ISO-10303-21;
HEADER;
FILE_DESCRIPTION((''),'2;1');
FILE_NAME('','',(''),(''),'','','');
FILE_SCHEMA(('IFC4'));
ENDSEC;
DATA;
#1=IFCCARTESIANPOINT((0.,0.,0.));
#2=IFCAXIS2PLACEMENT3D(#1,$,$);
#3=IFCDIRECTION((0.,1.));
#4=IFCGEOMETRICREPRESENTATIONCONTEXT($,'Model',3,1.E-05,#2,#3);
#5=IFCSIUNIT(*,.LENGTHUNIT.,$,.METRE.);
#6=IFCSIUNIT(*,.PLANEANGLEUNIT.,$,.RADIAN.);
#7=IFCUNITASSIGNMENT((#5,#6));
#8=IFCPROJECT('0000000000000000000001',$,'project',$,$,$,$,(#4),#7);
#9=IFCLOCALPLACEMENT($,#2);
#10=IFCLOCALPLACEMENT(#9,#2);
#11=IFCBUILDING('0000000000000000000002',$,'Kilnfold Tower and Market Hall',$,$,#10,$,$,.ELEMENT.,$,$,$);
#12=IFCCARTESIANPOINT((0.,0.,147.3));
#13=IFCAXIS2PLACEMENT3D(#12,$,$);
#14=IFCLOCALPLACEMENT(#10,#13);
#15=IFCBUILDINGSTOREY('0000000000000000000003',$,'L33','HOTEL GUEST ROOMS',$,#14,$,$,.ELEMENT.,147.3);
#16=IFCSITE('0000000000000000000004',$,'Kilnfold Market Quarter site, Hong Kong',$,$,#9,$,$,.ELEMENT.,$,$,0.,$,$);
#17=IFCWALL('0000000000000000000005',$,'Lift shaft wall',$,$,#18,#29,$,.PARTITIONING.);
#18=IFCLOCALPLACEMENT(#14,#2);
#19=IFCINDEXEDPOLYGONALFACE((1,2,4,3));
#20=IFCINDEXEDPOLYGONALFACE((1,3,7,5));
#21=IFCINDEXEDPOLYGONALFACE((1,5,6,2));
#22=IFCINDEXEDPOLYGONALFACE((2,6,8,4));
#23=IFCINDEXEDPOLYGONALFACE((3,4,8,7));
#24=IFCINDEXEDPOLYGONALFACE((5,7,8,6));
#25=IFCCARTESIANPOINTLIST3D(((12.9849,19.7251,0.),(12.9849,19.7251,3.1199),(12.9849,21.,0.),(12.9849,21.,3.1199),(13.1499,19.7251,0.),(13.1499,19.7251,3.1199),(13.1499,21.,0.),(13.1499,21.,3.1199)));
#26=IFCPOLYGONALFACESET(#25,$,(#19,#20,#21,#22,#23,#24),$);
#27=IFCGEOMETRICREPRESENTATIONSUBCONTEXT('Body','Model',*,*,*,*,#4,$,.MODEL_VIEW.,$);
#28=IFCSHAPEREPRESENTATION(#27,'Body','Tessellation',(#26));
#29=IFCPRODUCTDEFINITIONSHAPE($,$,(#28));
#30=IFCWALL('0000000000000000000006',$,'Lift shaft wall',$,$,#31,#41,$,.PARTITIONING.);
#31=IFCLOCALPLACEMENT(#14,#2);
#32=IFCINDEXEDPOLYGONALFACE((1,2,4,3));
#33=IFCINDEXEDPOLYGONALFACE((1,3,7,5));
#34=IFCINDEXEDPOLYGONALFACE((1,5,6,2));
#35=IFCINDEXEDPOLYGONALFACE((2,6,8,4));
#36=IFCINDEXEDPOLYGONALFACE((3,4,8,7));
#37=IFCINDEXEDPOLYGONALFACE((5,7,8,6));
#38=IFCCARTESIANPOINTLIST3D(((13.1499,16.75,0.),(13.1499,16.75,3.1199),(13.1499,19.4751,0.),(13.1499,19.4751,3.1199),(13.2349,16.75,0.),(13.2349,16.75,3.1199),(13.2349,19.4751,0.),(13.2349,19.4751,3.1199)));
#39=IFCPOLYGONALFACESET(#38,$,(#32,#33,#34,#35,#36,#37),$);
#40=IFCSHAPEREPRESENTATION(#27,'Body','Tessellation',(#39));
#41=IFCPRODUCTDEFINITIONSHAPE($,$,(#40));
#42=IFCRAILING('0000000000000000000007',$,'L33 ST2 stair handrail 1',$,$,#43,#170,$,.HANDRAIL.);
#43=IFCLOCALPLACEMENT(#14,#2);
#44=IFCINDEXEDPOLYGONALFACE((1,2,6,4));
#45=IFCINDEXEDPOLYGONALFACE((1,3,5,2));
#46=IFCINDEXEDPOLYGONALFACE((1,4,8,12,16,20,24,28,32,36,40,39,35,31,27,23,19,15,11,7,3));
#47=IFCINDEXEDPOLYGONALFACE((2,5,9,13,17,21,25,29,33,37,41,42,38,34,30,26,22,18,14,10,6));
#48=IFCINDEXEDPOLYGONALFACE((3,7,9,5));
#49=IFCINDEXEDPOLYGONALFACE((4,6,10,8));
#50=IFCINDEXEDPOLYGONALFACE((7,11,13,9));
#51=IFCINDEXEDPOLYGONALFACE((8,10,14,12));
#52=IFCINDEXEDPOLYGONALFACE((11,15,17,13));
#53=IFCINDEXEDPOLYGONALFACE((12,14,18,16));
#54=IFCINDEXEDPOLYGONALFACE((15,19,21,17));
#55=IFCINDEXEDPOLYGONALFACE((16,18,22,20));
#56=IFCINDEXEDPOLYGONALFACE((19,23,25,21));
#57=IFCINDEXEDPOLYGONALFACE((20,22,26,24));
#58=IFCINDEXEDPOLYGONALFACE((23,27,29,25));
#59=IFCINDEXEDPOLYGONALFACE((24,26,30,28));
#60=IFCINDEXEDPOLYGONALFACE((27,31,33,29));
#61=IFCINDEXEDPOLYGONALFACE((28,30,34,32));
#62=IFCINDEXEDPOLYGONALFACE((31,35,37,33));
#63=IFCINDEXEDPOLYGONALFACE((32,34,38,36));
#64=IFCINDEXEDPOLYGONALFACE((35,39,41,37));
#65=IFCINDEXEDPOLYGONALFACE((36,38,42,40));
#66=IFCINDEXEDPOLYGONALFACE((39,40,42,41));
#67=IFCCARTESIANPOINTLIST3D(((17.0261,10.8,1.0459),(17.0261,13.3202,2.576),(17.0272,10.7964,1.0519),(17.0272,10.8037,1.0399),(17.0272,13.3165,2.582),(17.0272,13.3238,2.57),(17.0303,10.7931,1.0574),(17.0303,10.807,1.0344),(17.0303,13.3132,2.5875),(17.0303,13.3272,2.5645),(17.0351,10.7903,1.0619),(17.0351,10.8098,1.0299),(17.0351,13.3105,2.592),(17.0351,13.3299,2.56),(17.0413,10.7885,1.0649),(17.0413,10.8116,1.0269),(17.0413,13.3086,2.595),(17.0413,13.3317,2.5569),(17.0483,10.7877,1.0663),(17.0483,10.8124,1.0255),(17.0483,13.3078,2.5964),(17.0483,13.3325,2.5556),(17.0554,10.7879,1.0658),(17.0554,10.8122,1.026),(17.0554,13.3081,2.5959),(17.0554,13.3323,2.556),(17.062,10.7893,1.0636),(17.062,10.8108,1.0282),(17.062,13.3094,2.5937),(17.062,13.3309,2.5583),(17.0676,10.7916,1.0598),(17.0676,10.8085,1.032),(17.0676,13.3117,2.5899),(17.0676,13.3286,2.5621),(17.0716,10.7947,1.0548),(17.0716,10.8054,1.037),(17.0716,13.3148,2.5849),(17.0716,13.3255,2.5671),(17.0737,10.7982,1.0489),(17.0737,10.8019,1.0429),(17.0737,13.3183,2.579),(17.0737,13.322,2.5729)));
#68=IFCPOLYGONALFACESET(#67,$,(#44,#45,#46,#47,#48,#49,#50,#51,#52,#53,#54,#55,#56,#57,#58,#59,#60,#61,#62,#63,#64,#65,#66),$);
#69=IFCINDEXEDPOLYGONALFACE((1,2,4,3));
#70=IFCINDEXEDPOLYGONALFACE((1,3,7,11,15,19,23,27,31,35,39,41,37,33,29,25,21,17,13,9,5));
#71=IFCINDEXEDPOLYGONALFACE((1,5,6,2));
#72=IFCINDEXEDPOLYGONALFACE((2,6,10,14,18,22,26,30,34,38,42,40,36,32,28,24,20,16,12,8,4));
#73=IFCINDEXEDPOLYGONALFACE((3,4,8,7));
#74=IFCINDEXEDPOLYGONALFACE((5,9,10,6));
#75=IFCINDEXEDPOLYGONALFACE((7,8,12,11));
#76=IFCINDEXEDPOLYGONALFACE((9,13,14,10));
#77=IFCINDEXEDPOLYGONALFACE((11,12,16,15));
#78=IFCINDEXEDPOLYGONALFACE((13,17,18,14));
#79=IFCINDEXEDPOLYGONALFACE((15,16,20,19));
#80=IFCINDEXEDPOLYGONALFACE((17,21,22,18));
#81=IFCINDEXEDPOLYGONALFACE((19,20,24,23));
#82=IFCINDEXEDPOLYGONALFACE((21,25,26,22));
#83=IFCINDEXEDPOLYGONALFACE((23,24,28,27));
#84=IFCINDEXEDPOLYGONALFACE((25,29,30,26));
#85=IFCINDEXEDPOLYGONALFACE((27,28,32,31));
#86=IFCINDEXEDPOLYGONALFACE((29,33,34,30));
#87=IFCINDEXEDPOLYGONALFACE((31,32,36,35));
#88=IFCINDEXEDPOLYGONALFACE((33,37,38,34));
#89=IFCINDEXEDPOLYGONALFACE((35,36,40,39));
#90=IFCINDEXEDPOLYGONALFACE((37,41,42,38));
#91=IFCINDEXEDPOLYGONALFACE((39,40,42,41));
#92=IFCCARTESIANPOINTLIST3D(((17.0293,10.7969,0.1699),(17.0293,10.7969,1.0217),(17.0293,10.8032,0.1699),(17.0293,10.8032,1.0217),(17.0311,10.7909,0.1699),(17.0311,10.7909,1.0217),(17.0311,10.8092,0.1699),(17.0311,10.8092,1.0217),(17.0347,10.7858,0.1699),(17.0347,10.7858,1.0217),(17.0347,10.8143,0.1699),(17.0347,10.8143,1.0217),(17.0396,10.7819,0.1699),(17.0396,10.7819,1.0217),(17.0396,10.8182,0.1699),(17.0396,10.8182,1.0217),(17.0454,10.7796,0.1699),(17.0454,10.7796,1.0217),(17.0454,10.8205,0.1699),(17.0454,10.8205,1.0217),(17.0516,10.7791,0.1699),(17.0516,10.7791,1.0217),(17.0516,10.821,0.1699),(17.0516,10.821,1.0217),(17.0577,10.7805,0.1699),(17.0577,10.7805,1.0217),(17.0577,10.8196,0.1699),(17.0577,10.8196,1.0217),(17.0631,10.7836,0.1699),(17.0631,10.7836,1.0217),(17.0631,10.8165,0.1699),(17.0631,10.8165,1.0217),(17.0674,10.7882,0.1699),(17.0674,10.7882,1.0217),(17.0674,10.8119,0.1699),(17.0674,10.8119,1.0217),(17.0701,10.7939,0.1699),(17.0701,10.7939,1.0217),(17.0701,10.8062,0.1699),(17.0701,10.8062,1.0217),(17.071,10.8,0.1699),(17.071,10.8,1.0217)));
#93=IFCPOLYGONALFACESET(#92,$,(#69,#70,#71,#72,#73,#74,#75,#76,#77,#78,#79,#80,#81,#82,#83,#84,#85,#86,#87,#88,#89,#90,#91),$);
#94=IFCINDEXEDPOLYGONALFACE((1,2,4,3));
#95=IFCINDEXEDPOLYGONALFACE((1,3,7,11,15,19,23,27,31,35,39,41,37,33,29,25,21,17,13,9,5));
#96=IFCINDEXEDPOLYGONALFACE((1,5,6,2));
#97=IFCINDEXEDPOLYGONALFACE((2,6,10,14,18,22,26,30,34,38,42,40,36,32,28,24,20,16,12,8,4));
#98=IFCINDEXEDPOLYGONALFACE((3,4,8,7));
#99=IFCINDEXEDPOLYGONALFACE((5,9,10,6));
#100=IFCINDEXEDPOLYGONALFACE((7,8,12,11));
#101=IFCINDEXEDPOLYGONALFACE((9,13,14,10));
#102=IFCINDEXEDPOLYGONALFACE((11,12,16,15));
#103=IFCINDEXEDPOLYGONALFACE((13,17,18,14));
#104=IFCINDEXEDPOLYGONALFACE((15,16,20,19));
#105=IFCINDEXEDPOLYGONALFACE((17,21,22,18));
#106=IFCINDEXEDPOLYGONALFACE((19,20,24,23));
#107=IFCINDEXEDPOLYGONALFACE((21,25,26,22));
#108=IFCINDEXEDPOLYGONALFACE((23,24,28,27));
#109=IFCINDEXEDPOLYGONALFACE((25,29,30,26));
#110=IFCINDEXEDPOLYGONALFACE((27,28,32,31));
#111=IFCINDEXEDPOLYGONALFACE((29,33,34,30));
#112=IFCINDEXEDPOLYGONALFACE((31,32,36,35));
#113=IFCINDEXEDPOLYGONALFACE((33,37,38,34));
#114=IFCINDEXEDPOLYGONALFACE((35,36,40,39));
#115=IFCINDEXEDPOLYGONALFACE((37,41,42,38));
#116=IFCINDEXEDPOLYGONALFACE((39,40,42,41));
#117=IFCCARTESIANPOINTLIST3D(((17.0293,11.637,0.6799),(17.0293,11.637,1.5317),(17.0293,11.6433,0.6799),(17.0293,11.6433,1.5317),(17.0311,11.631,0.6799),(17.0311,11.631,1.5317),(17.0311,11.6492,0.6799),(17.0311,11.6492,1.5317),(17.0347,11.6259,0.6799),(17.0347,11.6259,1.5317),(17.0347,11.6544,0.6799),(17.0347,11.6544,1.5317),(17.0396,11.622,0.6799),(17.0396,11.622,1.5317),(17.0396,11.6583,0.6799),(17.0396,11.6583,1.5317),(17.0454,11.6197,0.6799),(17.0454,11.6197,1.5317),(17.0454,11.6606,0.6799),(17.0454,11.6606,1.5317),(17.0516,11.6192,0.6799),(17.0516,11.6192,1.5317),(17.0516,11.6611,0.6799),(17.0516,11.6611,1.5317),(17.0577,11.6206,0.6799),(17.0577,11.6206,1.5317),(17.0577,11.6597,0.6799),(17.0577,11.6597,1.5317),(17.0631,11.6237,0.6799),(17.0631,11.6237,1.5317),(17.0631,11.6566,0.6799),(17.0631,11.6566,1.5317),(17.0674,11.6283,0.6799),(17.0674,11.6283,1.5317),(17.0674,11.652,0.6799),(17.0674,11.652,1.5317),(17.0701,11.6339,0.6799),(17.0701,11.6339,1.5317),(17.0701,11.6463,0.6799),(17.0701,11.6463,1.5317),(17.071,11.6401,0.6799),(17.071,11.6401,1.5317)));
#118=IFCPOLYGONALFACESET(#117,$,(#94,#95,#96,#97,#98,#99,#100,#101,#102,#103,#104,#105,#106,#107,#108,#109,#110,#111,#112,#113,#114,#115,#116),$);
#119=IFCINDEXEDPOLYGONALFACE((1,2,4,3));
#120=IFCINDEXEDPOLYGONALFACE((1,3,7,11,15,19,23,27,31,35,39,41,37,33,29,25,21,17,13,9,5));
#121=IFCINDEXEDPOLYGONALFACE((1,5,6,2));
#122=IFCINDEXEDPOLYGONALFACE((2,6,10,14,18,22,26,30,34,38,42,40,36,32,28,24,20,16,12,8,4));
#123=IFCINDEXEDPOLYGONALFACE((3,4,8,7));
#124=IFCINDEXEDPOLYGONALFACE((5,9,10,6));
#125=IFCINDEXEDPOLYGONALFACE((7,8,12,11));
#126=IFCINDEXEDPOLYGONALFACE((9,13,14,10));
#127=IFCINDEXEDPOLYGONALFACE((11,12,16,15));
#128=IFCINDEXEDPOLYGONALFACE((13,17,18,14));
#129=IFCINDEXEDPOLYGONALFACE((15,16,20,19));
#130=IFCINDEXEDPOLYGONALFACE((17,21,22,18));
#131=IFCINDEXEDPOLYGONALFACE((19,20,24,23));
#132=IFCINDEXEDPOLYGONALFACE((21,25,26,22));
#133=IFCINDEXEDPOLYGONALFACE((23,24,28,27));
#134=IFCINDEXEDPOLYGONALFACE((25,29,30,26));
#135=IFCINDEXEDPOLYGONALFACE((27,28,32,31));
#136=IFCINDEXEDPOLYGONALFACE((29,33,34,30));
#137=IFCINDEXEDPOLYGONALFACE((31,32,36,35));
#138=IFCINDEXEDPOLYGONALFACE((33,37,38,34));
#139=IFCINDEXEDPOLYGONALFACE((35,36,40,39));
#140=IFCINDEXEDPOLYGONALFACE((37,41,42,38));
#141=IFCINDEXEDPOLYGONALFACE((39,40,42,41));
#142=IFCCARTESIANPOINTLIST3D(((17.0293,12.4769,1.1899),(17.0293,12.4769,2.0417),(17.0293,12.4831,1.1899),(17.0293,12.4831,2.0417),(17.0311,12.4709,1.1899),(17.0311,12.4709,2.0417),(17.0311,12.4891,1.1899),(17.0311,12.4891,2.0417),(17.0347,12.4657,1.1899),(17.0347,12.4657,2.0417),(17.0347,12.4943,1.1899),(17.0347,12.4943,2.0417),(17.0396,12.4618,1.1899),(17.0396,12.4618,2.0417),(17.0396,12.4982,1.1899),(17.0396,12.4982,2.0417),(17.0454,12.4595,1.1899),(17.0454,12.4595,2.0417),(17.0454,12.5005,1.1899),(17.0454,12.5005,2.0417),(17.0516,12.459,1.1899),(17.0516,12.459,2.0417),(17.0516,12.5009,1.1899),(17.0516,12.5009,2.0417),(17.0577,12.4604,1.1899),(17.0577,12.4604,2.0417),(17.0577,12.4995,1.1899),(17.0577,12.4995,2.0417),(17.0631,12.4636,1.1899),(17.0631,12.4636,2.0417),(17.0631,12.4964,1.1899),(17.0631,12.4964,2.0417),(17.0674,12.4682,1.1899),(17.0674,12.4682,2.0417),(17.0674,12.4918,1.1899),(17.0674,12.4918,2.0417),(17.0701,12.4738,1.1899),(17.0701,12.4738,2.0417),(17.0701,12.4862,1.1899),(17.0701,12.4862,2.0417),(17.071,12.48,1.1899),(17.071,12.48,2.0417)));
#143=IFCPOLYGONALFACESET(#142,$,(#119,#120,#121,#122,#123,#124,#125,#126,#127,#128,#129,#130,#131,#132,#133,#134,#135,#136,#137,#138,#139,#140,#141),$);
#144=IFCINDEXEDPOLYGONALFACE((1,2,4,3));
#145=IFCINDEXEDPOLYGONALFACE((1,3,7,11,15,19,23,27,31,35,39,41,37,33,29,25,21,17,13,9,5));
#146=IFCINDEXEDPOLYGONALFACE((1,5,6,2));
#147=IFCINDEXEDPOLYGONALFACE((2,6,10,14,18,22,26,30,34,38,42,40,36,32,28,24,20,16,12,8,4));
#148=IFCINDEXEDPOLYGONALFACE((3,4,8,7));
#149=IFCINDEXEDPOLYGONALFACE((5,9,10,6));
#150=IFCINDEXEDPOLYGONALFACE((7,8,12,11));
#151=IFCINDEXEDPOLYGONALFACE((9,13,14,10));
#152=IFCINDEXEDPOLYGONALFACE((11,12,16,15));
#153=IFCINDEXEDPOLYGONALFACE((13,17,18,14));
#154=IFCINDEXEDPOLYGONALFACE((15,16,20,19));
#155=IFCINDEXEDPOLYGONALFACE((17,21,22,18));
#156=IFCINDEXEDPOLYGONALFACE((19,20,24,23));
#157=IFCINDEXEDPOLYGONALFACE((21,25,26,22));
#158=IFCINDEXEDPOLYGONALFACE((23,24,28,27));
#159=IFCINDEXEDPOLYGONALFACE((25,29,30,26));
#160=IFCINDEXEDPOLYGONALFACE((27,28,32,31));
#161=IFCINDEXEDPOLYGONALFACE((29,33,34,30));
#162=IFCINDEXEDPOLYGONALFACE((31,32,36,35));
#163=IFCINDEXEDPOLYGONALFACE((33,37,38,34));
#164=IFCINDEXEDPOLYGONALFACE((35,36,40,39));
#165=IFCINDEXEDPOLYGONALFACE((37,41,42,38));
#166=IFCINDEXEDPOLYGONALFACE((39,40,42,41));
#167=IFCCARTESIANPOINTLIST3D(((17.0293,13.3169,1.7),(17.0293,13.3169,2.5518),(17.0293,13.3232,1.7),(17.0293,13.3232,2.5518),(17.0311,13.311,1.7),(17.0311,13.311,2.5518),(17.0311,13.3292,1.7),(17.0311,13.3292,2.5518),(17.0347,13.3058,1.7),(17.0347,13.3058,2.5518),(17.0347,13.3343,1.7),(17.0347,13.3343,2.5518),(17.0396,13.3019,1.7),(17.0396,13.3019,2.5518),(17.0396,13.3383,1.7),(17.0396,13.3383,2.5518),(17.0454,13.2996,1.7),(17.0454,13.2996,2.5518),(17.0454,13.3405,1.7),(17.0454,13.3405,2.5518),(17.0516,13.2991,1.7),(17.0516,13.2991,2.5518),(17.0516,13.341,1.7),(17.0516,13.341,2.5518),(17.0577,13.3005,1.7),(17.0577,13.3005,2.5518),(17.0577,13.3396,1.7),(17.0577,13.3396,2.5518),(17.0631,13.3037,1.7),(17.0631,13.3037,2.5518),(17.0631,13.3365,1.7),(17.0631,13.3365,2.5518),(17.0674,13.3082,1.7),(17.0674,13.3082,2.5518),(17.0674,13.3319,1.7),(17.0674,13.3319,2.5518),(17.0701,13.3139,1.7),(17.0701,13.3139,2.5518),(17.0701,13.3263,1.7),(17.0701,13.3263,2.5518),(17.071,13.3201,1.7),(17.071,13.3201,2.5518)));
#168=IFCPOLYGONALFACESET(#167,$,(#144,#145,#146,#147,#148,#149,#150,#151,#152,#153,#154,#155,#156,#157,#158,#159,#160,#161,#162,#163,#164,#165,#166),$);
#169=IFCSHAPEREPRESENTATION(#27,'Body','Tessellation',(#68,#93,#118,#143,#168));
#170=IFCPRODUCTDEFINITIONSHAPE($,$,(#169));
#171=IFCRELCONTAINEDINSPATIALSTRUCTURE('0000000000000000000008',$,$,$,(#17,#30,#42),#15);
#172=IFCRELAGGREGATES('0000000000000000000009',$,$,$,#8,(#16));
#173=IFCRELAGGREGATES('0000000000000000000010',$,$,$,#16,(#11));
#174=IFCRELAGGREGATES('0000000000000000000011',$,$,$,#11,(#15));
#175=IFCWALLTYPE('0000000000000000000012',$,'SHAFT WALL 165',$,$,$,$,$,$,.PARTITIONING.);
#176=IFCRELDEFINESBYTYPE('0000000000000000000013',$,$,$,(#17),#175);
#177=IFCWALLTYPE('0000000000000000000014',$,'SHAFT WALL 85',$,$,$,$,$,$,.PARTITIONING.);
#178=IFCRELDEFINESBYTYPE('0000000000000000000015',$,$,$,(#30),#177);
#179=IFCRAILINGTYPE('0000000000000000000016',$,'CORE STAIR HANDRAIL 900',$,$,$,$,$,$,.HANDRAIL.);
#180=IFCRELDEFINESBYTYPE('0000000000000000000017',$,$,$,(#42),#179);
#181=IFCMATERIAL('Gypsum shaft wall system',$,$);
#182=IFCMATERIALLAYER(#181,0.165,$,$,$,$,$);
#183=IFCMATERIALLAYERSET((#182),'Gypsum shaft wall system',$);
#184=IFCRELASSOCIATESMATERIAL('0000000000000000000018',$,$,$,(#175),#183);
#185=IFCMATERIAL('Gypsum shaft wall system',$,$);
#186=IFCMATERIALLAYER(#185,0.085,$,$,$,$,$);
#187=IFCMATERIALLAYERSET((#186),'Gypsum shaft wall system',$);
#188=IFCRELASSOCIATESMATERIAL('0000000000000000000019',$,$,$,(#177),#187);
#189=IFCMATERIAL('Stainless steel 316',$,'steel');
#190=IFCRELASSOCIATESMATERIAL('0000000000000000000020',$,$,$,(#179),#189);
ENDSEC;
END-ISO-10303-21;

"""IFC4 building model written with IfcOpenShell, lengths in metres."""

from ifc_helpers import new_model, si_unit, direction, frame, frame_2d, origin, origin_2d, place, context, subcontext, project, spatial, rectangle, circle, extrude, source, transform, mapped, material, layer, layer_set, type_object, element, save


model = new_model("IFC4")

# Units and contexts
model_context = context("Model", 3, precision=1e-05, world=origin(), true_north=direction((0.0, 1.0)))
body_context = subcontext(model_context, "Body", "Model", "MODEL_VIEW")
ifc_project = project(units=[si_unit("LENGTHUNIT", "METRE"), si_unit("PLANEANGLEUNIT", "RADIAN")], contexts=[model_context])

# Site, building, storey
site_placement = place(None, origin())
site = spatial("IfcSite", under=ifc_project, at=site_placement, Name="Kilnfold Market Quarter site, Hong Kong", CompositionType="ELEMENT", RefElevation=0.0)
building_placement = place(site_placement, origin())
building = spatial("IfcBuilding", under=site, at=building_placement, Name="Kilnfold Tower and Market Hall", CompositionType="ELEMENT")
storey_placement = place(building_placement, frame((0.0, 0.0, 147.3)))
storey = spatial("IfcBuildingStorey", under=building, at=storey_placement, Name="L33", Description="HOTEL GUEST ROOMS", CompositionType="ELEMENT", Elevation=147.3)

# Walls
ifc_material_1 = material(Name="Gypsum shaft wall system")
ifc_layer_1 = layer(ifc_material_1, 0.165)
ifc_layer_set_1 = layer_set([ifc_layer_1], Name="Gypsum shaft wall system")
wall_type_1 = type_object("IfcWallType", Name="SHAFT WALL 165", PredefinedType="PARTITIONING", material=ifc_layer_set_1)
shared_shape_1 = source(origin(), body_context, "Body", "SweptSolid", [
    extrude(rectangle(XDim=1.2749, YDim=0.165, at=frame_2d((0.6375, 0.0))), origin(), (0.0, 0.0, 1.0), 3.1199),
])
wall_1_placement = place(storey_placement, frame((13.0674, 19.7251, 0.0), z_axis=(0.0, 0.0, 1.0), x_axis=(0.0, 1.0, 0.0)))
element("IfcWall", 1, at=wall_1_placement, inside=storey, type_object=wall_type_1, Name="Lift shaft wall", PredefinedType="PARTITIONING", context=body_context, shape_type="MappedRepresentation", body=[
    mapped(shared_shape_1, transform((0.0, 0.0, 0.0))),
])
ifc_material_2 = material(Name="Gypsum shaft wall system")
ifc_layer_2 = layer(ifc_material_2, 0.085)
ifc_layer_set_2 = layer_set([ifc_layer_2], Name="Gypsum shaft wall system")
wall_type_2 = type_object("IfcWallType", Name="SHAFT WALL 85", PredefinedType="PARTITIONING", material=ifc_layer_set_2)
shared_shape_2 = source(origin(), body_context, "Body", "SweptSolid", [
    extrude(rectangle(XDim=2.7251, YDim=0.085, at=frame_2d((1.3625, 0.0))), origin(), (0.0, 0.0, 1.0), 3.1199),
])
wall_2_placement = place(storey_placement, frame((13.1924, 16.75, 0.0), z_axis=(0.0, 0.0, 1.0), x_axis=(0.0, 1.0, 0.0)))
element("IfcWall", 2, at=wall_2_placement, inside=storey, type_object=wall_type_2, Name="Lift shaft wall", PredefinedType="PARTITIONING", context=body_context, shape_type="MappedRepresentation", body=[
    mapped(shared_shape_2, transform((0.0, 0.0, 0.0))),
])

# Railing
ifc_material_3 = material(Name="Stainless steel 316", Category="steel")
railing_type_1 = type_object("IfcRailingType", Name="CORE STAIR HANDRAIL 900", PredefinedType="HANDRAIL", material=ifc_material_3)
railing_1_placement = place(storey_placement, frame((17.05, 10.8, 0.1699)))
element("IfcRailing", 3, at=railing_1_placement, inside=storey, type_object=railing_type_1, Name="L33 ST2 stair handrail 1", PredefinedType="HANDRAIL", context=body_context, shape_type="SweptSolid", body=[
    extrude(circle(Radius=0.0239, at=origin_2d()), frame((0.0, 0.0, 0.876), z_axis=(0.0, 0.854785, 0.518982), x_axis=(-1.0, 0.0, 0.0)), (0.0, 0.0, 1.0), 2.9482),
    extrude(circle(Radius=0.021, at=origin_2d()), origin(), (0.0, 0.0, 1.0), 0.8518),
    extrude(circle(Radius=0.021, at=origin_2d()), frame((0.0, 0.8401, 0.51)), (0.0, 0.0, 1.0), 0.8518),
    extrude(circle(Radius=0.021, at=origin_2d()), frame((0.0, 1.6799, 1.02)), (0.0, 0.0, 1.0), 0.8518),
    extrude(circle(Radius=0.021, at=origin_2d()), frame((0.0, 2.52, 1.53)), (0.0, 0.0, 1.0), 0.8518),
])

save(model, "model.ifc")
